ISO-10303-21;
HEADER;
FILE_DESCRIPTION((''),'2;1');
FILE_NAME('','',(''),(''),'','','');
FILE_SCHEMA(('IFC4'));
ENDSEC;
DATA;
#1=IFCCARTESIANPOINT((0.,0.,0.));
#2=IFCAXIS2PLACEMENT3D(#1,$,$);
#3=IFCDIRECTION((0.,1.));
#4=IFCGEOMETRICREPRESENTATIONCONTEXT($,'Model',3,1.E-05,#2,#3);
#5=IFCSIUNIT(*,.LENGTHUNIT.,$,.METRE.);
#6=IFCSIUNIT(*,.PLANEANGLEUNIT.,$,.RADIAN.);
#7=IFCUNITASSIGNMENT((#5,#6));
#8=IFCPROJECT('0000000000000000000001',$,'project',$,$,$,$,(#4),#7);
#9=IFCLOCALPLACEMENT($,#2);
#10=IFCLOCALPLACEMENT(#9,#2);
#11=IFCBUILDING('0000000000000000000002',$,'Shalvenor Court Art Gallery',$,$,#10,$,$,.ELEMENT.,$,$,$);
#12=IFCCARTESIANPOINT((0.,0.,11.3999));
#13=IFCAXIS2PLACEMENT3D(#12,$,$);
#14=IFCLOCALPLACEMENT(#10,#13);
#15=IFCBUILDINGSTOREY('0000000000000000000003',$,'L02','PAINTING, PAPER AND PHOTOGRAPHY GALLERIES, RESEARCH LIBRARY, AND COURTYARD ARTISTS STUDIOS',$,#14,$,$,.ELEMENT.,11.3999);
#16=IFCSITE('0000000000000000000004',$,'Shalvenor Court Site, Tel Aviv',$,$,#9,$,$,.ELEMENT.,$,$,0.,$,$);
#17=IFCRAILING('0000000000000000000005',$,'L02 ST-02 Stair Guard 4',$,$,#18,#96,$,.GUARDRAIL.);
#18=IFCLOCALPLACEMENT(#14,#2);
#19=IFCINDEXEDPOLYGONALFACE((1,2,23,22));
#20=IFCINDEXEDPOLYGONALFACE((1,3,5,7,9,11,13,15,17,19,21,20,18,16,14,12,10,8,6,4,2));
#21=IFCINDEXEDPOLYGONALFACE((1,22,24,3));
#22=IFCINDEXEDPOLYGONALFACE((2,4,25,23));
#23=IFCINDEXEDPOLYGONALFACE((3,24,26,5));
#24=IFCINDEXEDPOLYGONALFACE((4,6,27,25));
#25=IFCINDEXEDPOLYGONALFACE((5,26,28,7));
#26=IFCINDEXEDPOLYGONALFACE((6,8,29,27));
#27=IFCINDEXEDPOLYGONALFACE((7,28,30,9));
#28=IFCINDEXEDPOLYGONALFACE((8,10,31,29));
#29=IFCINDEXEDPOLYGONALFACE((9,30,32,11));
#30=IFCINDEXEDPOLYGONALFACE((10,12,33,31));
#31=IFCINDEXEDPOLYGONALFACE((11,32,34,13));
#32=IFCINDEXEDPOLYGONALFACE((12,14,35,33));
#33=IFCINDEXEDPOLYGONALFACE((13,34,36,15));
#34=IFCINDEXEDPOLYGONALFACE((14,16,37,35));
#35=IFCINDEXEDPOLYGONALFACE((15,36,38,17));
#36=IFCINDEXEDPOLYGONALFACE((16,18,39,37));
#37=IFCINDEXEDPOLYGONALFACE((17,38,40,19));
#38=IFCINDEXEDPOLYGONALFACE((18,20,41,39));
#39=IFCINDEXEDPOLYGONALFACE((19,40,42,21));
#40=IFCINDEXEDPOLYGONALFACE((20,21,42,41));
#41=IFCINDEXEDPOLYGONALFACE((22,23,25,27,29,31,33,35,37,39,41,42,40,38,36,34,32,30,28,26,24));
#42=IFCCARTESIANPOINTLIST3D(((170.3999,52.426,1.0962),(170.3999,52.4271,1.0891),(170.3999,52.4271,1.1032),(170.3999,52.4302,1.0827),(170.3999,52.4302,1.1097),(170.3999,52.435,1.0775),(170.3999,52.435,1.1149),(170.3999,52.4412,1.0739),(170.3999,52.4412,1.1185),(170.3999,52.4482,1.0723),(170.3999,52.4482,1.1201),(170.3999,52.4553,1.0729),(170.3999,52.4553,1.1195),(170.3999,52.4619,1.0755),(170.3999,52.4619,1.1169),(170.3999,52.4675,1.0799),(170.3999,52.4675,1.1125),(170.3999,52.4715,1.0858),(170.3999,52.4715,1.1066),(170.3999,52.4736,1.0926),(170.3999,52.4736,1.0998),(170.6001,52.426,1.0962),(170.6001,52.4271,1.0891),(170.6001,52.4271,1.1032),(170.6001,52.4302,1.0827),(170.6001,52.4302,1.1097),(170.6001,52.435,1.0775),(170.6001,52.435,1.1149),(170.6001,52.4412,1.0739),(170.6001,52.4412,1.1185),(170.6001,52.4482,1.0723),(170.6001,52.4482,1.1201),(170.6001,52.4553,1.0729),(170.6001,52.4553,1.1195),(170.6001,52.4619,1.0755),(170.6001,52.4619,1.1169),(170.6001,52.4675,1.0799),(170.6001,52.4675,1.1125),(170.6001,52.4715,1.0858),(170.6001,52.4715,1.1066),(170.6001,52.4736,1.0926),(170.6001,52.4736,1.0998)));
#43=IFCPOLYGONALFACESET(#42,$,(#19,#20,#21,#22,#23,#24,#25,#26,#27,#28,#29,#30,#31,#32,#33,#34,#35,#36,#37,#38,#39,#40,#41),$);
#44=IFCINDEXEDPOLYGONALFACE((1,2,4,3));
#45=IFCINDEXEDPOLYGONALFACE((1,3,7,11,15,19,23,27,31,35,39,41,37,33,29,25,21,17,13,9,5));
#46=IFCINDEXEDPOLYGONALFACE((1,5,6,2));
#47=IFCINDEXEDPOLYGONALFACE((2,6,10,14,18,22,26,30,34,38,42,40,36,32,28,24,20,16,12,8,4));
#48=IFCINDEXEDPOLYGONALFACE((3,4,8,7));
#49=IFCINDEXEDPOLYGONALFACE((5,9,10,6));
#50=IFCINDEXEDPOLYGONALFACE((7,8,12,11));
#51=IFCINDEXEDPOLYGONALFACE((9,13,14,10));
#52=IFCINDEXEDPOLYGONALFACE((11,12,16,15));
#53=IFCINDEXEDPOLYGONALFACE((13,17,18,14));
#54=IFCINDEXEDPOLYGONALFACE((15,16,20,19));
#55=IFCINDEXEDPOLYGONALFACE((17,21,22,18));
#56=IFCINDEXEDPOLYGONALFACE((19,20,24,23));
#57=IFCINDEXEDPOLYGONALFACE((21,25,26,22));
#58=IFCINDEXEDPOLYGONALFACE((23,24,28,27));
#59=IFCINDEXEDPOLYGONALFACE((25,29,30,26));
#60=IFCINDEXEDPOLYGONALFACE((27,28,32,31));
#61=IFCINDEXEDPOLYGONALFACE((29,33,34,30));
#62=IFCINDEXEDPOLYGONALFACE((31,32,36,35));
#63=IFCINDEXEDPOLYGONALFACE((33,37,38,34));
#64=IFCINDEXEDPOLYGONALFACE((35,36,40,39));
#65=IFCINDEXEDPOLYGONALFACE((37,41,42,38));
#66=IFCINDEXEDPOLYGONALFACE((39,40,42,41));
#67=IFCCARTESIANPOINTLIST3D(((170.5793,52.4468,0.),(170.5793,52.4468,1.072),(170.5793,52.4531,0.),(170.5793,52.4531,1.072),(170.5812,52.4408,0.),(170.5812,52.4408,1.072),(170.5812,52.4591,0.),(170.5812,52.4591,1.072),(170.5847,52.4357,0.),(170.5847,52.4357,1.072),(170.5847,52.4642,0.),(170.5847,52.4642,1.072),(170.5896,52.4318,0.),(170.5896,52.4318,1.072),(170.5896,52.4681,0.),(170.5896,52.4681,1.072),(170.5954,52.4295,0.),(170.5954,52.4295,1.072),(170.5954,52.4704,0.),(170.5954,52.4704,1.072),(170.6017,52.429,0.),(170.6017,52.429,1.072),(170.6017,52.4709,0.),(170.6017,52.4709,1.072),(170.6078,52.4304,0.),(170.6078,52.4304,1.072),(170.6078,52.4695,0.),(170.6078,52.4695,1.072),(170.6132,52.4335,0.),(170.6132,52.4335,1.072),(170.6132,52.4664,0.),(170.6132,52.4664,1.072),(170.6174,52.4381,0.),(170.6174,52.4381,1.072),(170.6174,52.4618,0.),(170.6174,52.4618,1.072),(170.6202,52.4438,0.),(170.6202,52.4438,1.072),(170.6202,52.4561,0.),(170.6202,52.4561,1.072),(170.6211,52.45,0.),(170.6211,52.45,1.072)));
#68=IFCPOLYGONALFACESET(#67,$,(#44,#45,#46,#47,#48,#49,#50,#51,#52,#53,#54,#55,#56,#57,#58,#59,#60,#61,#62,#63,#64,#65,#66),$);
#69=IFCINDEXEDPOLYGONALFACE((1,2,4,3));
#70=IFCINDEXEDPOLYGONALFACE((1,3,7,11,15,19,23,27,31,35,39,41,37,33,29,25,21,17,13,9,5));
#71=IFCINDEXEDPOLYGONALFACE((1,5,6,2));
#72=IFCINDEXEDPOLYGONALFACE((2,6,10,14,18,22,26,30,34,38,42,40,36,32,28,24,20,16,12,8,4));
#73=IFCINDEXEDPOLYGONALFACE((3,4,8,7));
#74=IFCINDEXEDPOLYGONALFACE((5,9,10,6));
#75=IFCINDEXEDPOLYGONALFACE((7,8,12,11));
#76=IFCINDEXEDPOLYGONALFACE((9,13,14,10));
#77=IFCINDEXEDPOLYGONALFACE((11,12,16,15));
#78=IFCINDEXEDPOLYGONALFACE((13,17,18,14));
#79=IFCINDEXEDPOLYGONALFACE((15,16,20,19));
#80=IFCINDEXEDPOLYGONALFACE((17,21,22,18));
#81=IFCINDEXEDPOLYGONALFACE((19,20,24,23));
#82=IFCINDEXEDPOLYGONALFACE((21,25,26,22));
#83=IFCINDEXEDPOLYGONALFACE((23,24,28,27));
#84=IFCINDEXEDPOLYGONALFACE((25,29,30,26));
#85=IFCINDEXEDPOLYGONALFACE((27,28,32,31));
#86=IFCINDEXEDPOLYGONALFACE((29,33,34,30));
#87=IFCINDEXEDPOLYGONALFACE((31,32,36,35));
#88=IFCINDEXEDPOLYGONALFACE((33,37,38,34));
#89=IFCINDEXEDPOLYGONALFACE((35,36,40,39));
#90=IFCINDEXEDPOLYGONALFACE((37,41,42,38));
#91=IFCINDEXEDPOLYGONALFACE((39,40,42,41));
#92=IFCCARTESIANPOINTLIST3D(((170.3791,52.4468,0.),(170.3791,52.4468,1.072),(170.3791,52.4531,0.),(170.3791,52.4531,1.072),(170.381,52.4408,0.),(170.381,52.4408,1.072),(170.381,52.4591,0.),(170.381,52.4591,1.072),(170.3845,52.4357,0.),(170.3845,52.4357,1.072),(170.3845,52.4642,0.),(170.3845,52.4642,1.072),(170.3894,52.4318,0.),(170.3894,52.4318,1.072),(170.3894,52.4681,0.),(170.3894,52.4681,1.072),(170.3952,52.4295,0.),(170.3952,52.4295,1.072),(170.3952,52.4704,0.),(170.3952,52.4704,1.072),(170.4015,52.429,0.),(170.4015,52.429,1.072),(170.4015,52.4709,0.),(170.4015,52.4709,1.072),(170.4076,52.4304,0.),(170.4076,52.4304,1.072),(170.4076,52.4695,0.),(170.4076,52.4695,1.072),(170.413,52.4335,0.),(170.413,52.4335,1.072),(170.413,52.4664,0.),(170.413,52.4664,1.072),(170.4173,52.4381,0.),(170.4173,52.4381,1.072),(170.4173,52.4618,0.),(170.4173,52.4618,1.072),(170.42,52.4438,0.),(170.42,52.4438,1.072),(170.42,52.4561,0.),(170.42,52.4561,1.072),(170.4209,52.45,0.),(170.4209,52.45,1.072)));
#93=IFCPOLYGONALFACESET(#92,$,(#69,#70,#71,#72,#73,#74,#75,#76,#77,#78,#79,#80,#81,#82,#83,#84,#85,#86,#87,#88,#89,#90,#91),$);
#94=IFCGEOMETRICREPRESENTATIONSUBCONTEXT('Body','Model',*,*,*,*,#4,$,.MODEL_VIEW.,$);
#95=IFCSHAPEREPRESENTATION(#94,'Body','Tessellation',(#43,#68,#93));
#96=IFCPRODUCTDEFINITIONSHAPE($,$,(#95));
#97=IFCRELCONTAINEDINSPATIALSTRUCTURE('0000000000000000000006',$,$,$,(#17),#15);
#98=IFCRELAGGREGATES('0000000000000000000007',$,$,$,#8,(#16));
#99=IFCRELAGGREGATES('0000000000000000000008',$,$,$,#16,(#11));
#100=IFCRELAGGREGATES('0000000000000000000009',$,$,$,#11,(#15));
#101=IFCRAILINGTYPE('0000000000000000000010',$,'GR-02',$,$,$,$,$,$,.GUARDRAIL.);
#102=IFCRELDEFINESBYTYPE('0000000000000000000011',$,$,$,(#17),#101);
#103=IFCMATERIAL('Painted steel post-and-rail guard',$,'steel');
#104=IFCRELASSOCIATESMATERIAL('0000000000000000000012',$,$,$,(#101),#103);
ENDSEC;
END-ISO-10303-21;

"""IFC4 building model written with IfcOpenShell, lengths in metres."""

from ifc_helpers import new_model, si_unit, direction, frame, origin, origin_2d, place, context, subcontext, project, spatial, circle, extrude, material, type_object, element, save


model = new_model("IFC4")

# Units and contexts
model_context = context("Model", 3, precision=1e-05, world=origin(), true_north=direction((0.0, 1.0)))
body_context = subcontext(model_context, "Body", "Model", "MODEL_VIEW")
ifc_project = project(units=[si_unit("LENGTHUNIT", "METRE"), si_unit("PLANEANGLEUNIT", "RADIAN")], contexts=[model_context])

# Site, building, storey
site_placement = place(None, origin())
site = spatial("IfcSite", under=ifc_project, at=site_placement, Name="Shalvenor Court Site, Tel Aviv", CompositionType="ELEMENT", RefElevation=0.0)
building_placement = place(site_placement, origin())
building = spatial("IfcBuilding", under=site, at=building_placement, Name="Shalvenor Court Art Gallery", CompositionType="ELEMENT")
storey_placement = place(building_placement, frame((0.0, 0.0, 11.3999)))
storey = spatial("IfcBuildingStorey", under=building, at=storey_placement, Name="L02", Description="PAINTING, PAPER AND PHOTOGRAPHY GALLERIES, RESEARCH LIBRARY, AND COURTYARD ARTISTS STUDIOS", CompositionType="ELEMENT", Elevation=11.3999)

# Railing
ifc_material_1 = material(Name="Painted steel post-and-rail guard", Category="steel")
railing_type_1 = type_object("IfcRailingType", Name="GR-02", PredefinedType="GUARDRAIL", material=ifc_material_1)
railing_1_placement = place(storey_placement, frame((170.6001, 52.45, 0.0)))
element("IfcRailing", 1, at=railing_1_placement, inside=storey, type_object=railing_type_1, Name="L02 ST-02 Stair Guard 4", PredefinedType="GUARDRAIL", context=body_context, shape_type="SweptSolid", body=[
    extrude(circle(Radius=0.0239, at=origin_2d()), frame((0.0, 0.0, 1.0962), z_axis=(-1.0, 0.0, 0.0), x_axis=(0.0, -1.0, 0.0)), (0.0, 0.0, 1.0), 0.2002),
    extrude(circle(Radius=0.021, at=origin_2d()), origin(), (0.0, 0.0, 1.0), 1.072),
    extrude(circle(Radius=0.021, at=origin_2d()), frame((-0.2002, 0.0, 0.0)), (0.0, 0.0, 1.0), 1.072),
])

save(model, "model.ifc")
